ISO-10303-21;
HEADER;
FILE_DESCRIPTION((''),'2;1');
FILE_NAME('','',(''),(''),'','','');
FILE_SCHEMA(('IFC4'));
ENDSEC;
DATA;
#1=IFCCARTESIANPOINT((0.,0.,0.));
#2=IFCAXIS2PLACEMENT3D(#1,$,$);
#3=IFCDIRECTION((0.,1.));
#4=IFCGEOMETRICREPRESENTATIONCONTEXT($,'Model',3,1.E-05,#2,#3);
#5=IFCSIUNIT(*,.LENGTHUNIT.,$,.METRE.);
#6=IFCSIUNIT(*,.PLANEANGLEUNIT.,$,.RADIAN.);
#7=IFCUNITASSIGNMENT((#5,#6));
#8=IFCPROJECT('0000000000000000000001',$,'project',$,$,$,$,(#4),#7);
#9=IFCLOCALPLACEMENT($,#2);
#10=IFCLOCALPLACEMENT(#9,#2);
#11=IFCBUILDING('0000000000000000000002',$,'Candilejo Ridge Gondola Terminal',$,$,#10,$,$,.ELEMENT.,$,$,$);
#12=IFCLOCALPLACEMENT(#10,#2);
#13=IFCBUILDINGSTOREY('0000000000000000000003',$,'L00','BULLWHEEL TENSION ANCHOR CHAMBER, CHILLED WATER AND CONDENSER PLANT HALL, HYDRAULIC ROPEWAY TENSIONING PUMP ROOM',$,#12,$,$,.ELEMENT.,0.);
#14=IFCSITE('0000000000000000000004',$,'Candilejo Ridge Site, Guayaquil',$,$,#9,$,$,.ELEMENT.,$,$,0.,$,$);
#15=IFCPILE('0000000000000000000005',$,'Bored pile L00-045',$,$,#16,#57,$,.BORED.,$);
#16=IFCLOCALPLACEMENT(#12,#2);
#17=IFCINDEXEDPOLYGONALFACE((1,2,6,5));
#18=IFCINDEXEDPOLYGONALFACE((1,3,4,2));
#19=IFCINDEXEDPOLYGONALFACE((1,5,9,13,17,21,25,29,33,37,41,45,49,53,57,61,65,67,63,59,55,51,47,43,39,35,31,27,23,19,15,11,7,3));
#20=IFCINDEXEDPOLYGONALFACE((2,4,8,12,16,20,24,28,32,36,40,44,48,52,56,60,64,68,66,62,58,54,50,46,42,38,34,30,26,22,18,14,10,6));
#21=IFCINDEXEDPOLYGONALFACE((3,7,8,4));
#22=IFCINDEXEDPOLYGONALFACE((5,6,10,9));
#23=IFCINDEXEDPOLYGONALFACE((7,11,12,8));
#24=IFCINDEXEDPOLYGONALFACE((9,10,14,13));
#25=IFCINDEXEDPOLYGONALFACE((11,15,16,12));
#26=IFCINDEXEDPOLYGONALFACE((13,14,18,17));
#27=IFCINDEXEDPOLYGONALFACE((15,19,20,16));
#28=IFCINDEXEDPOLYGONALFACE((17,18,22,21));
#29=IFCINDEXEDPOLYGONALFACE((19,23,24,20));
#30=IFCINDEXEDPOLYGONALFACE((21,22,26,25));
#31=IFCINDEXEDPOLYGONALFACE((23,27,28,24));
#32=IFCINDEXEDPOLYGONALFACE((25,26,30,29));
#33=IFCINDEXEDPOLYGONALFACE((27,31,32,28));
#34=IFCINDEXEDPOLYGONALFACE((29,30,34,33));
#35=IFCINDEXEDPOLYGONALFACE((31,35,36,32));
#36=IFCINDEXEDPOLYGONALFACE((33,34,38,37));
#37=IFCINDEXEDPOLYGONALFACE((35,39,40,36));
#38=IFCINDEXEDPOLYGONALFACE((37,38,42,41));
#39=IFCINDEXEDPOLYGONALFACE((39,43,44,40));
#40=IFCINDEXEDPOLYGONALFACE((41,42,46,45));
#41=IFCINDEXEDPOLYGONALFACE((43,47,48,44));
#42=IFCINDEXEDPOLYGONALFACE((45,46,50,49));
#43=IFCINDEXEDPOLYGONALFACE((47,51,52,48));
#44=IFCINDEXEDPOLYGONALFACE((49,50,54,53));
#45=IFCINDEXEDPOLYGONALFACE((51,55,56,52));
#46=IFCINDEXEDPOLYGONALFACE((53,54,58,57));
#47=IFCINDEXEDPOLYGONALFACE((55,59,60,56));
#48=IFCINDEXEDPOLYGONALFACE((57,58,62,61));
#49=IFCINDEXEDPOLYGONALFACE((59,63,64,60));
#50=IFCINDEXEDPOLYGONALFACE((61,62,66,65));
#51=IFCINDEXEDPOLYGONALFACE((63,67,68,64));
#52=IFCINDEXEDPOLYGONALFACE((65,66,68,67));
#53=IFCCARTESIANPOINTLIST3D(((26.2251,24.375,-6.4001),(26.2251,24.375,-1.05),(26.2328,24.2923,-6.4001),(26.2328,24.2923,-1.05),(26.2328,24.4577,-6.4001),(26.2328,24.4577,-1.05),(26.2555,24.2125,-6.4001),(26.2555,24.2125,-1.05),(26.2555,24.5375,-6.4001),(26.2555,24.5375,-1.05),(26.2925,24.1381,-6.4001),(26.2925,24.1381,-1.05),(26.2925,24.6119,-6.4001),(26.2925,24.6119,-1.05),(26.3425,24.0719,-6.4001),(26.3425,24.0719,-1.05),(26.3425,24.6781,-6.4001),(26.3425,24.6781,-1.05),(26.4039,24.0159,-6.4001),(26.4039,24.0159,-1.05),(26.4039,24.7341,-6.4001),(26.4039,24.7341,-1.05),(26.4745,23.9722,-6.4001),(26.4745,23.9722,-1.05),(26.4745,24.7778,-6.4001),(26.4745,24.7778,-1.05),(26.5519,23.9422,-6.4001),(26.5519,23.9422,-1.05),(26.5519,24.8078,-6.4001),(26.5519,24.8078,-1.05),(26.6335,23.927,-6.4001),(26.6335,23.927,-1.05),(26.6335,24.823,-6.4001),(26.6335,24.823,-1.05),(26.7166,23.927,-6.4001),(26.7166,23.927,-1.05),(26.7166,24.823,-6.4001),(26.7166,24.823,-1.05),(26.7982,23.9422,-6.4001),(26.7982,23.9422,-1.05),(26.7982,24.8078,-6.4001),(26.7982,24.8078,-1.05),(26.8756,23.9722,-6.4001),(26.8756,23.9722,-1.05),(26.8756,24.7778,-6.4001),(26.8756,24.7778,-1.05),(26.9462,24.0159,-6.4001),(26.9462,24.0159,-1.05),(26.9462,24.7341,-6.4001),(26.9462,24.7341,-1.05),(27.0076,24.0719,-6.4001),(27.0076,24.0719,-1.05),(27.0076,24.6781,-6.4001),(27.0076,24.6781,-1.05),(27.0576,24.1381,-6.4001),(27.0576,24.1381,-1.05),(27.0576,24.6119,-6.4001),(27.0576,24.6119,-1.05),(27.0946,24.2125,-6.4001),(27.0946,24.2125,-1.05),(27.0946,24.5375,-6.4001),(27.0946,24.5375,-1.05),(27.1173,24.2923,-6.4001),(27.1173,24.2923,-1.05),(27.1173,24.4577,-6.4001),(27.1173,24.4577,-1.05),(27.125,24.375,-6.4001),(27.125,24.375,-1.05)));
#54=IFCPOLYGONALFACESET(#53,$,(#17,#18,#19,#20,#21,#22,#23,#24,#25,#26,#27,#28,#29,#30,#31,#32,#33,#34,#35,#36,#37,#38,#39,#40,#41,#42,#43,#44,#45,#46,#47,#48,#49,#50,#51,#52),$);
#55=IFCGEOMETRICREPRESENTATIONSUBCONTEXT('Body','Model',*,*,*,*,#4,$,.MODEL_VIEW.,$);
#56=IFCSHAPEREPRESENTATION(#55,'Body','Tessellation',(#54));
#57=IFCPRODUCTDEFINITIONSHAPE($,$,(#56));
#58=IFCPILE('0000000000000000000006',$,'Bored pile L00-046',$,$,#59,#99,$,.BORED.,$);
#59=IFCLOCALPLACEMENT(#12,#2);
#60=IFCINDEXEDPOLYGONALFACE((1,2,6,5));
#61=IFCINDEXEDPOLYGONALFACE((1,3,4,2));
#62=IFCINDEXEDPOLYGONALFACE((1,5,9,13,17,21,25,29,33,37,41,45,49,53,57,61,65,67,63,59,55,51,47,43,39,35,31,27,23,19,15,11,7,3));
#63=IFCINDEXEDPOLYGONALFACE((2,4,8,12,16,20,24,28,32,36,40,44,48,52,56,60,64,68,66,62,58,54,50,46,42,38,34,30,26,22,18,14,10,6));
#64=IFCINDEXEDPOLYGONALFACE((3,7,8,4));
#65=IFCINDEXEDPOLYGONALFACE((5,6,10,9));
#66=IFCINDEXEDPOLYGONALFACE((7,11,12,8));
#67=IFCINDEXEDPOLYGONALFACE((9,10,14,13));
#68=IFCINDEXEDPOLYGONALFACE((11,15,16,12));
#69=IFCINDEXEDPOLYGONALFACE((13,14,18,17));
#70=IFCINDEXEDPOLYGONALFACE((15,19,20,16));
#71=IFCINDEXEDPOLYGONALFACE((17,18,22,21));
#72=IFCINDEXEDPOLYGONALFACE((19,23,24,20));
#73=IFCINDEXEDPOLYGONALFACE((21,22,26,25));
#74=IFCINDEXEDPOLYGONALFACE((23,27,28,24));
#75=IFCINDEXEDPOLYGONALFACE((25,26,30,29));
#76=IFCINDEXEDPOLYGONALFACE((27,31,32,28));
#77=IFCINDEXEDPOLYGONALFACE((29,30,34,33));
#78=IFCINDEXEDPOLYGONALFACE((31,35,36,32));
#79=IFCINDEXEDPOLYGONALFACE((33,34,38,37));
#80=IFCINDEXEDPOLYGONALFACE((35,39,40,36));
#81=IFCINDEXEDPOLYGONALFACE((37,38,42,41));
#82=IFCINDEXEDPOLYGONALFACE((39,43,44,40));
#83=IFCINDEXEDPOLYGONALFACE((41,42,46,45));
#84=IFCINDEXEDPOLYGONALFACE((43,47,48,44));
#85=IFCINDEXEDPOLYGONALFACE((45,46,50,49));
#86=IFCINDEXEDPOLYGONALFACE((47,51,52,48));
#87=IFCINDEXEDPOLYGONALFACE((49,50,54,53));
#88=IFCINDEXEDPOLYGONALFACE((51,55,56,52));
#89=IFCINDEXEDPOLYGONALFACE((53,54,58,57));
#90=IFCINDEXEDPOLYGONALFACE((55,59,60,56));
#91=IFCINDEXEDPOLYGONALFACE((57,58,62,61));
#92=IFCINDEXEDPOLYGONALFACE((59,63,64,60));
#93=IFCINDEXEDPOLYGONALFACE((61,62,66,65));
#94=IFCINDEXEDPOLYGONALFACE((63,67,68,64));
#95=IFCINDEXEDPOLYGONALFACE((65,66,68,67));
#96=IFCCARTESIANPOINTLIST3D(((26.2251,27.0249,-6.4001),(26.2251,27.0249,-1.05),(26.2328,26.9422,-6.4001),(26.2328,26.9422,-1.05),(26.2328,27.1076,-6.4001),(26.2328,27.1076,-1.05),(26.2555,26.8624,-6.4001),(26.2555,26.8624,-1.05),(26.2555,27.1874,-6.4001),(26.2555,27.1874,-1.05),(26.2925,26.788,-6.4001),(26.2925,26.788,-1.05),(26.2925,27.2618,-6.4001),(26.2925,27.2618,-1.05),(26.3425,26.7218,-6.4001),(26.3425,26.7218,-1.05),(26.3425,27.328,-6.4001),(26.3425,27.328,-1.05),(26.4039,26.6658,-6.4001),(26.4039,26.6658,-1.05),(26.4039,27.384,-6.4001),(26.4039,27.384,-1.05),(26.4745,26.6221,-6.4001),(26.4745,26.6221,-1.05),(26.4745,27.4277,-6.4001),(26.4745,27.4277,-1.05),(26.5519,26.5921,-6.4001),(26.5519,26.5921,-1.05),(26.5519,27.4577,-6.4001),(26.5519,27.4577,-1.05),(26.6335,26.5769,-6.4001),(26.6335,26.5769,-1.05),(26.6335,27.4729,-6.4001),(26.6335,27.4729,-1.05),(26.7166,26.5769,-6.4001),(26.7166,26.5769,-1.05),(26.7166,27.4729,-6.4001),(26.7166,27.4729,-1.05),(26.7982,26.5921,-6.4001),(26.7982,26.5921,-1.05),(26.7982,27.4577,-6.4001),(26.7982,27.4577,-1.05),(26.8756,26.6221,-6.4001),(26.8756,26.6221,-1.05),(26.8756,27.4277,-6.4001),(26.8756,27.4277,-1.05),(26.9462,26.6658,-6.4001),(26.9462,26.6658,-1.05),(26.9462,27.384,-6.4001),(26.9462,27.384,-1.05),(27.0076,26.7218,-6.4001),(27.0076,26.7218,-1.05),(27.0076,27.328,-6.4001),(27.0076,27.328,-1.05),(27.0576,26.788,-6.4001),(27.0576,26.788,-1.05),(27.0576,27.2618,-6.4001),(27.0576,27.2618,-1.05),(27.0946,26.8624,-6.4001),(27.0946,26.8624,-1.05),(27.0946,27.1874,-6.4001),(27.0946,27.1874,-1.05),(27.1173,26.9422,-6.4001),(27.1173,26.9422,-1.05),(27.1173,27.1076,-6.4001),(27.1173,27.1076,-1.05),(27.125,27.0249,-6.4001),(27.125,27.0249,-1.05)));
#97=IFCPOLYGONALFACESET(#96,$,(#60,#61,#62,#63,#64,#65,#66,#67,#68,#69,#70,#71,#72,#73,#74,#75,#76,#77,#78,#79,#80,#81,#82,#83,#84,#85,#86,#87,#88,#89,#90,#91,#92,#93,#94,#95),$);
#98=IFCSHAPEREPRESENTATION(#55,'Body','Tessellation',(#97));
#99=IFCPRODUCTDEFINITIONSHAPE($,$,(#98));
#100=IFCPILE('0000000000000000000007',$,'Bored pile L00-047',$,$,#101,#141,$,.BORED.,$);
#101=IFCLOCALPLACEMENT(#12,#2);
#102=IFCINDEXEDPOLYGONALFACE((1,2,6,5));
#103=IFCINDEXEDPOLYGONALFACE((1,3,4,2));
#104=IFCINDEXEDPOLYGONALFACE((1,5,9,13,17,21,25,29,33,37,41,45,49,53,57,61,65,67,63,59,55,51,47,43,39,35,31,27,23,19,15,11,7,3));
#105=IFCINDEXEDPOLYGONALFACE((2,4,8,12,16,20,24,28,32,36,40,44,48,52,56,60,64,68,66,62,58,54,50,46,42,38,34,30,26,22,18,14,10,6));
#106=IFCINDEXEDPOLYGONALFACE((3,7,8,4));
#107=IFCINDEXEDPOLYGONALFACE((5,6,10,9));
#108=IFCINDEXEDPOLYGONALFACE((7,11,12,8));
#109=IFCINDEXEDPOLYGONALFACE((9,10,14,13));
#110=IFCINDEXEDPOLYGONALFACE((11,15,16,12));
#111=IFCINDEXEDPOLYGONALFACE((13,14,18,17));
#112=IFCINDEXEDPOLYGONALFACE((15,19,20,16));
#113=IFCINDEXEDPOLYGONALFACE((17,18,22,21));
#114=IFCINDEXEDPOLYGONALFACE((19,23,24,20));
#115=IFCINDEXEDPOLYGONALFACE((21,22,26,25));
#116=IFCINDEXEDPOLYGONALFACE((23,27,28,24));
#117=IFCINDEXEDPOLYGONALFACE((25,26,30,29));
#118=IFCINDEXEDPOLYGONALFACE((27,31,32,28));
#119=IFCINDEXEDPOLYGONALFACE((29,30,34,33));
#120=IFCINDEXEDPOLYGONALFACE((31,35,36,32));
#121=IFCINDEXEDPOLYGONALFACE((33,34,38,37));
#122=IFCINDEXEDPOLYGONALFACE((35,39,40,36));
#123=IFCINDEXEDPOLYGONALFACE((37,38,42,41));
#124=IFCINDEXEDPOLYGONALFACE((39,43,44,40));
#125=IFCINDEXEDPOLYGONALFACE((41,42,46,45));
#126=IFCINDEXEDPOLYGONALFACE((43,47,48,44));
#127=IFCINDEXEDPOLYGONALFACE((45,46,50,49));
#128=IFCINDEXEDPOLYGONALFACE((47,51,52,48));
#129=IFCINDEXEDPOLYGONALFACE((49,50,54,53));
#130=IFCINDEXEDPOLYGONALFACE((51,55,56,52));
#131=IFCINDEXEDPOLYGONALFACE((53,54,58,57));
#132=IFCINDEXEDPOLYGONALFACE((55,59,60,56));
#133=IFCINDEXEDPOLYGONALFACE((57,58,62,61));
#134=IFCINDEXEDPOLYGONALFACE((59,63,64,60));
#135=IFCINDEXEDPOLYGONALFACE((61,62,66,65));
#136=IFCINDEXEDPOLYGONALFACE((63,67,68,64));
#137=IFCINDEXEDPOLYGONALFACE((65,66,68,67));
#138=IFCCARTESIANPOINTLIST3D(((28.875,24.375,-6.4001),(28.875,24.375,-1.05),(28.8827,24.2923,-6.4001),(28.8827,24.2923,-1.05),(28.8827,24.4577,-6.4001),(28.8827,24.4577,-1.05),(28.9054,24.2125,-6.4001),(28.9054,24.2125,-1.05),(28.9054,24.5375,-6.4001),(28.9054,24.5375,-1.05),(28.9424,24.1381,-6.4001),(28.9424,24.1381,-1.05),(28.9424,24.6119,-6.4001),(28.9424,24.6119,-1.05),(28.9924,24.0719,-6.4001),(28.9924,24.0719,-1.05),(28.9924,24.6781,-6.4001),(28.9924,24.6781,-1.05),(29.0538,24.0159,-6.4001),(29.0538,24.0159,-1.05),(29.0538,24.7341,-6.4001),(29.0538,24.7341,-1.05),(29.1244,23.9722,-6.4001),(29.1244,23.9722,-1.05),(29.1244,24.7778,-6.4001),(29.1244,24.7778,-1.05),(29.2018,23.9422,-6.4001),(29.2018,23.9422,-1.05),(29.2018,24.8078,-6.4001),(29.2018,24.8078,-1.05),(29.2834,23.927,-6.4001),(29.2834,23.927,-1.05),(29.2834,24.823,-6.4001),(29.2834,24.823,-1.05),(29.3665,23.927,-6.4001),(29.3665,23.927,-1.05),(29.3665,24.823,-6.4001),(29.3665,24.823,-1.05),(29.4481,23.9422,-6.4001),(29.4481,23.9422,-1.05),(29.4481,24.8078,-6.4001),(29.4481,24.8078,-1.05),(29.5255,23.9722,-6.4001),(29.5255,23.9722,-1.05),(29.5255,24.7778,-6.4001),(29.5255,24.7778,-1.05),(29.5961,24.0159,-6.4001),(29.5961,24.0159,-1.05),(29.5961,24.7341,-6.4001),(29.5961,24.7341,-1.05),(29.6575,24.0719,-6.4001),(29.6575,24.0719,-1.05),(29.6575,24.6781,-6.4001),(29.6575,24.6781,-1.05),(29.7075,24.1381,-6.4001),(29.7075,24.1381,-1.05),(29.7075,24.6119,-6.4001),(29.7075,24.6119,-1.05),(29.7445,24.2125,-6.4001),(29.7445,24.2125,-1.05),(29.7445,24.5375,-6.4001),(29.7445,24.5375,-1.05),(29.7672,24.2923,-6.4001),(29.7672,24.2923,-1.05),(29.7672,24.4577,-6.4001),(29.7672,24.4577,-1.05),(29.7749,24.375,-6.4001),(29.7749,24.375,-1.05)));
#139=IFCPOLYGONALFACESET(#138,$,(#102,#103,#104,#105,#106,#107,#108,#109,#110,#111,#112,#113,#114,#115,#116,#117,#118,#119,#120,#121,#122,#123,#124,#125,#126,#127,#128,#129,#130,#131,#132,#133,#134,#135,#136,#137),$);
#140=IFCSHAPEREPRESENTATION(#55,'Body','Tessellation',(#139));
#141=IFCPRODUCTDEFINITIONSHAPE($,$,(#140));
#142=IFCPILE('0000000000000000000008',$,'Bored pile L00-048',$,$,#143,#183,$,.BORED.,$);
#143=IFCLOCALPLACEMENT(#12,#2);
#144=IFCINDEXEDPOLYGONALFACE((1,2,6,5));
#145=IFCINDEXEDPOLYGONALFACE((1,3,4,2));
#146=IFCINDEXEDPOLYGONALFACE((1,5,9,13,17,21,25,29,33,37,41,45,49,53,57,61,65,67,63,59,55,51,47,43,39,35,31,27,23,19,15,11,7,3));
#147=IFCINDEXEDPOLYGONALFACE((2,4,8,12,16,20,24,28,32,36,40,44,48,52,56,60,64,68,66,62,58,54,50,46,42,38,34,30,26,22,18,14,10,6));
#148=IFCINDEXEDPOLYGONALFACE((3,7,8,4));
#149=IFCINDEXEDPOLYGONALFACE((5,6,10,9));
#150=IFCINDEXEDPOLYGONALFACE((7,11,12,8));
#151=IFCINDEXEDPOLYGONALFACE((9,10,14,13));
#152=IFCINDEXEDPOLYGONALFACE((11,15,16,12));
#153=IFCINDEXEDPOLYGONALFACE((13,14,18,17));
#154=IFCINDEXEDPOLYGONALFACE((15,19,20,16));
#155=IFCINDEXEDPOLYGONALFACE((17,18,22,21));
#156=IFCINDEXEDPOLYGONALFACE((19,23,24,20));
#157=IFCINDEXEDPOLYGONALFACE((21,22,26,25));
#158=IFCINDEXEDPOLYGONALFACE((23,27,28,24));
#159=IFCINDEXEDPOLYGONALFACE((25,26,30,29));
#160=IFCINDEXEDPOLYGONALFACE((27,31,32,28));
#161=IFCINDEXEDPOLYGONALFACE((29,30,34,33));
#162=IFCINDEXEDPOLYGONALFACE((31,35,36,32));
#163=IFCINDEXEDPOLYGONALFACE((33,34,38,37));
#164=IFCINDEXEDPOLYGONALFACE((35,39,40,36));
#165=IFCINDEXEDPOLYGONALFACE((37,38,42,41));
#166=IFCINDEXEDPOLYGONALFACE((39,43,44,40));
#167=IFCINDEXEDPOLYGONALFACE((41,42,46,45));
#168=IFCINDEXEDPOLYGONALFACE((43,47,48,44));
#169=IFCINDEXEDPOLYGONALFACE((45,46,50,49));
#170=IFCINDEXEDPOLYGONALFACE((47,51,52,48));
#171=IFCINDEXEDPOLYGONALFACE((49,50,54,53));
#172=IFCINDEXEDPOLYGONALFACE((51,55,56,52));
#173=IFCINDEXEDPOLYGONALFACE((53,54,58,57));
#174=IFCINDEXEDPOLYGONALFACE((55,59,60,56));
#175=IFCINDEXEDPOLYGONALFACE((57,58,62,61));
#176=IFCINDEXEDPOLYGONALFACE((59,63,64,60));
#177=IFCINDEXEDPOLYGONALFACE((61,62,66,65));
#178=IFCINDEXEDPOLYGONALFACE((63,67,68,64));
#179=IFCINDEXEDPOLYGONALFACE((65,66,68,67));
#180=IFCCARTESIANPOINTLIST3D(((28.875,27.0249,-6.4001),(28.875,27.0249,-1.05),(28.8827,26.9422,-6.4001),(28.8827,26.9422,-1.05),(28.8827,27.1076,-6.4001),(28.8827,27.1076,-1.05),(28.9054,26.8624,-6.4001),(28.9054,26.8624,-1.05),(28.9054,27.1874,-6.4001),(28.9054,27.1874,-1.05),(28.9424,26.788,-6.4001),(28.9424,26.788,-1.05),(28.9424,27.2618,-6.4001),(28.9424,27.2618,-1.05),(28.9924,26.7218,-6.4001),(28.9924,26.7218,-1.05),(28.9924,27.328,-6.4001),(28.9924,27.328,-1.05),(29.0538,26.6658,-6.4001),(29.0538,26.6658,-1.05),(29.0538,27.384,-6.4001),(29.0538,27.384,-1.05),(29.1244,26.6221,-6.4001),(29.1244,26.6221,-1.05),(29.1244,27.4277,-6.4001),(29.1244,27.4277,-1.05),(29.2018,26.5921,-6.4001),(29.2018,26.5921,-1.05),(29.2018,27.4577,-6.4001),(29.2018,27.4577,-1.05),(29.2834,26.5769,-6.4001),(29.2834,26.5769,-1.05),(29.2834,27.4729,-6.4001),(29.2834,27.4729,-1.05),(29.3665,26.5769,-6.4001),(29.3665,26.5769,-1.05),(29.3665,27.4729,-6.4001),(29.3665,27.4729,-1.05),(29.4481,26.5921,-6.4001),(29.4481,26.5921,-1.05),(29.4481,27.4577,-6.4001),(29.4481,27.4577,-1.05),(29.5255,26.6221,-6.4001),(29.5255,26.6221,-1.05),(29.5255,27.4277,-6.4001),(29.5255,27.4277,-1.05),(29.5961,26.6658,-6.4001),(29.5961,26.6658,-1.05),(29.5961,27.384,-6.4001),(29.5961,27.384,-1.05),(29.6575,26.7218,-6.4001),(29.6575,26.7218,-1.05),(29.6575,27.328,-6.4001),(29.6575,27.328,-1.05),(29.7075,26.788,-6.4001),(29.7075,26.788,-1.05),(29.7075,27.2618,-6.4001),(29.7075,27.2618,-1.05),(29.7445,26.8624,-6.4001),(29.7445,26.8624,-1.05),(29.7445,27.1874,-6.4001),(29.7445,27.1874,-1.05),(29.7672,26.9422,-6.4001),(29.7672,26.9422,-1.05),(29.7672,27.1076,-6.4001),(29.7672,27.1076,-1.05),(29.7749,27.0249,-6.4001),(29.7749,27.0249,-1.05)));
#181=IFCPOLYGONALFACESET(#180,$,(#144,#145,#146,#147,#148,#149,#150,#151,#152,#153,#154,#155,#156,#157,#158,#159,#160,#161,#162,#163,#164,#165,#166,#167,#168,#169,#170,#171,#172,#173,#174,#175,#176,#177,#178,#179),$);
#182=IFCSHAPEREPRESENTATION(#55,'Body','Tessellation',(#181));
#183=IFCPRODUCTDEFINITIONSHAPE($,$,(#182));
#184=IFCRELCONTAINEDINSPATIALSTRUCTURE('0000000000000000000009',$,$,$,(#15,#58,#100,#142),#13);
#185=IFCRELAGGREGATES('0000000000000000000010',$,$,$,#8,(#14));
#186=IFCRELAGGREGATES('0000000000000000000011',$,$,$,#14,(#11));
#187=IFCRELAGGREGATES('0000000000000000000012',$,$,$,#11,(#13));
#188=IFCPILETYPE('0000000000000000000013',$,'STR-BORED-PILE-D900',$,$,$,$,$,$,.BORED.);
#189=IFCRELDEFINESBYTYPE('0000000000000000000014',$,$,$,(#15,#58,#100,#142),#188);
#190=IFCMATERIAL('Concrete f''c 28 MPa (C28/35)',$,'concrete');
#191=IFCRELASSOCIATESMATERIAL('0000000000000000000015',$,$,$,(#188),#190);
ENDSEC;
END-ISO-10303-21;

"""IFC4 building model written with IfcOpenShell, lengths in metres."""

from ifc_helpers import new_model, si_unit, direction, frame, origin, origin_2d, place, context, subcontext, project, spatial, circle, extrude, material, material_profile, profile_set, type_object, element, save


model = new_model("IFC4")

# Units and contexts
model_context = context("Model", 3, precision=1e-05, world=origin(), true_north=direction((0.0, 1.0)))
body_context = subcontext(model_context, "Body", "Model", "MODEL_VIEW")
ifc_project = project(units=[si_unit("LENGTHUNIT", "METRE"), si_unit("PLANEANGLEUNIT", "RADIAN")], contexts=[model_context])

# Site, building, storey
site_placement = place(None, origin())
site = spatial("IfcSite", under=ifc_project, at=site_placement, Name="Candilejo Ridge Site, Guayaquil", CompositionType="ELEMENT", RefElevation=0.0)
building_placement = place(site_placement, origin())
building = spatial("IfcBuilding", under=site, at=building_placement, Name="Candilejo Ridge Gondola Terminal", CompositionType="ELEMENT")
storey_placement = place(building_placement, origin())
storey = spatial("IfcBuildingStorey", under=building, at=storey_placement, Name="L00", Description="BULLWHEEL TENSION ANCHOR CHAMBER, CHILLED WATER AND CONDENSER PLANT HALL, HYDRAULIC ROPEWAY TENSIONING PUMP ROOM", CompositionType="ELEMENT", Elevation=0.0)

# Piles
ifc_material_1 = material(Name="Concrete f'c 28 MPa (C28/35)", Category="concrete")
ifc_material_profile_1 = material_profile(ifc_material_1, circle(Radius=0.45, at=origin_2d()))
ifc_profile_set_1 = profile_set([ifc_material_profile_1], Name="Concrete f'c 28 MPa (C28/35)")
pile_type = type_object("IfcPileType", Name="STR-BORED-PILE-D900", PredefinedType="BORED", material=ifc_profile_set_1)
for number, where, z_axis, x_axis, name in (
    (1, (26.675, 24.375, -1.05), (0.0, 0.0, -1.0), (1.0, 0.0, 0.0), "Bored pile L00-045"),
    (2, (26.675, 27.0249, -1.05), (0.0, 0.0, -1.0), (1.0, 0.0, 0.0), "Bored pile L00-046"),
    (3, (29.325, 24.375, -1.05), (0.0, 0.0, -1.0), (1.0, 0.0, 0.0), "Bored pile L00-047"),
    (4, (29.325, 27.0249, -1.05), (0.0, 0.0, -1.0), (1.0, 0.0, 0.0), "Bored pile L00-048"),
):
    element("IfcPile", number, at=place(storey_placement, frame(where, z_axis=z_axis, x_axis=x_axis)), inside=storey, type_object=pile_type, Name=name, PredefinedType="BORED", context=body_context, shape_type="SweptSolid", body=[
        extrude(circle(Radius=0.45, at=origin_2d()), origin(), (0.0, 0.0, 1.0), 5.3501),
    ])

save(model, "model.ifc")
